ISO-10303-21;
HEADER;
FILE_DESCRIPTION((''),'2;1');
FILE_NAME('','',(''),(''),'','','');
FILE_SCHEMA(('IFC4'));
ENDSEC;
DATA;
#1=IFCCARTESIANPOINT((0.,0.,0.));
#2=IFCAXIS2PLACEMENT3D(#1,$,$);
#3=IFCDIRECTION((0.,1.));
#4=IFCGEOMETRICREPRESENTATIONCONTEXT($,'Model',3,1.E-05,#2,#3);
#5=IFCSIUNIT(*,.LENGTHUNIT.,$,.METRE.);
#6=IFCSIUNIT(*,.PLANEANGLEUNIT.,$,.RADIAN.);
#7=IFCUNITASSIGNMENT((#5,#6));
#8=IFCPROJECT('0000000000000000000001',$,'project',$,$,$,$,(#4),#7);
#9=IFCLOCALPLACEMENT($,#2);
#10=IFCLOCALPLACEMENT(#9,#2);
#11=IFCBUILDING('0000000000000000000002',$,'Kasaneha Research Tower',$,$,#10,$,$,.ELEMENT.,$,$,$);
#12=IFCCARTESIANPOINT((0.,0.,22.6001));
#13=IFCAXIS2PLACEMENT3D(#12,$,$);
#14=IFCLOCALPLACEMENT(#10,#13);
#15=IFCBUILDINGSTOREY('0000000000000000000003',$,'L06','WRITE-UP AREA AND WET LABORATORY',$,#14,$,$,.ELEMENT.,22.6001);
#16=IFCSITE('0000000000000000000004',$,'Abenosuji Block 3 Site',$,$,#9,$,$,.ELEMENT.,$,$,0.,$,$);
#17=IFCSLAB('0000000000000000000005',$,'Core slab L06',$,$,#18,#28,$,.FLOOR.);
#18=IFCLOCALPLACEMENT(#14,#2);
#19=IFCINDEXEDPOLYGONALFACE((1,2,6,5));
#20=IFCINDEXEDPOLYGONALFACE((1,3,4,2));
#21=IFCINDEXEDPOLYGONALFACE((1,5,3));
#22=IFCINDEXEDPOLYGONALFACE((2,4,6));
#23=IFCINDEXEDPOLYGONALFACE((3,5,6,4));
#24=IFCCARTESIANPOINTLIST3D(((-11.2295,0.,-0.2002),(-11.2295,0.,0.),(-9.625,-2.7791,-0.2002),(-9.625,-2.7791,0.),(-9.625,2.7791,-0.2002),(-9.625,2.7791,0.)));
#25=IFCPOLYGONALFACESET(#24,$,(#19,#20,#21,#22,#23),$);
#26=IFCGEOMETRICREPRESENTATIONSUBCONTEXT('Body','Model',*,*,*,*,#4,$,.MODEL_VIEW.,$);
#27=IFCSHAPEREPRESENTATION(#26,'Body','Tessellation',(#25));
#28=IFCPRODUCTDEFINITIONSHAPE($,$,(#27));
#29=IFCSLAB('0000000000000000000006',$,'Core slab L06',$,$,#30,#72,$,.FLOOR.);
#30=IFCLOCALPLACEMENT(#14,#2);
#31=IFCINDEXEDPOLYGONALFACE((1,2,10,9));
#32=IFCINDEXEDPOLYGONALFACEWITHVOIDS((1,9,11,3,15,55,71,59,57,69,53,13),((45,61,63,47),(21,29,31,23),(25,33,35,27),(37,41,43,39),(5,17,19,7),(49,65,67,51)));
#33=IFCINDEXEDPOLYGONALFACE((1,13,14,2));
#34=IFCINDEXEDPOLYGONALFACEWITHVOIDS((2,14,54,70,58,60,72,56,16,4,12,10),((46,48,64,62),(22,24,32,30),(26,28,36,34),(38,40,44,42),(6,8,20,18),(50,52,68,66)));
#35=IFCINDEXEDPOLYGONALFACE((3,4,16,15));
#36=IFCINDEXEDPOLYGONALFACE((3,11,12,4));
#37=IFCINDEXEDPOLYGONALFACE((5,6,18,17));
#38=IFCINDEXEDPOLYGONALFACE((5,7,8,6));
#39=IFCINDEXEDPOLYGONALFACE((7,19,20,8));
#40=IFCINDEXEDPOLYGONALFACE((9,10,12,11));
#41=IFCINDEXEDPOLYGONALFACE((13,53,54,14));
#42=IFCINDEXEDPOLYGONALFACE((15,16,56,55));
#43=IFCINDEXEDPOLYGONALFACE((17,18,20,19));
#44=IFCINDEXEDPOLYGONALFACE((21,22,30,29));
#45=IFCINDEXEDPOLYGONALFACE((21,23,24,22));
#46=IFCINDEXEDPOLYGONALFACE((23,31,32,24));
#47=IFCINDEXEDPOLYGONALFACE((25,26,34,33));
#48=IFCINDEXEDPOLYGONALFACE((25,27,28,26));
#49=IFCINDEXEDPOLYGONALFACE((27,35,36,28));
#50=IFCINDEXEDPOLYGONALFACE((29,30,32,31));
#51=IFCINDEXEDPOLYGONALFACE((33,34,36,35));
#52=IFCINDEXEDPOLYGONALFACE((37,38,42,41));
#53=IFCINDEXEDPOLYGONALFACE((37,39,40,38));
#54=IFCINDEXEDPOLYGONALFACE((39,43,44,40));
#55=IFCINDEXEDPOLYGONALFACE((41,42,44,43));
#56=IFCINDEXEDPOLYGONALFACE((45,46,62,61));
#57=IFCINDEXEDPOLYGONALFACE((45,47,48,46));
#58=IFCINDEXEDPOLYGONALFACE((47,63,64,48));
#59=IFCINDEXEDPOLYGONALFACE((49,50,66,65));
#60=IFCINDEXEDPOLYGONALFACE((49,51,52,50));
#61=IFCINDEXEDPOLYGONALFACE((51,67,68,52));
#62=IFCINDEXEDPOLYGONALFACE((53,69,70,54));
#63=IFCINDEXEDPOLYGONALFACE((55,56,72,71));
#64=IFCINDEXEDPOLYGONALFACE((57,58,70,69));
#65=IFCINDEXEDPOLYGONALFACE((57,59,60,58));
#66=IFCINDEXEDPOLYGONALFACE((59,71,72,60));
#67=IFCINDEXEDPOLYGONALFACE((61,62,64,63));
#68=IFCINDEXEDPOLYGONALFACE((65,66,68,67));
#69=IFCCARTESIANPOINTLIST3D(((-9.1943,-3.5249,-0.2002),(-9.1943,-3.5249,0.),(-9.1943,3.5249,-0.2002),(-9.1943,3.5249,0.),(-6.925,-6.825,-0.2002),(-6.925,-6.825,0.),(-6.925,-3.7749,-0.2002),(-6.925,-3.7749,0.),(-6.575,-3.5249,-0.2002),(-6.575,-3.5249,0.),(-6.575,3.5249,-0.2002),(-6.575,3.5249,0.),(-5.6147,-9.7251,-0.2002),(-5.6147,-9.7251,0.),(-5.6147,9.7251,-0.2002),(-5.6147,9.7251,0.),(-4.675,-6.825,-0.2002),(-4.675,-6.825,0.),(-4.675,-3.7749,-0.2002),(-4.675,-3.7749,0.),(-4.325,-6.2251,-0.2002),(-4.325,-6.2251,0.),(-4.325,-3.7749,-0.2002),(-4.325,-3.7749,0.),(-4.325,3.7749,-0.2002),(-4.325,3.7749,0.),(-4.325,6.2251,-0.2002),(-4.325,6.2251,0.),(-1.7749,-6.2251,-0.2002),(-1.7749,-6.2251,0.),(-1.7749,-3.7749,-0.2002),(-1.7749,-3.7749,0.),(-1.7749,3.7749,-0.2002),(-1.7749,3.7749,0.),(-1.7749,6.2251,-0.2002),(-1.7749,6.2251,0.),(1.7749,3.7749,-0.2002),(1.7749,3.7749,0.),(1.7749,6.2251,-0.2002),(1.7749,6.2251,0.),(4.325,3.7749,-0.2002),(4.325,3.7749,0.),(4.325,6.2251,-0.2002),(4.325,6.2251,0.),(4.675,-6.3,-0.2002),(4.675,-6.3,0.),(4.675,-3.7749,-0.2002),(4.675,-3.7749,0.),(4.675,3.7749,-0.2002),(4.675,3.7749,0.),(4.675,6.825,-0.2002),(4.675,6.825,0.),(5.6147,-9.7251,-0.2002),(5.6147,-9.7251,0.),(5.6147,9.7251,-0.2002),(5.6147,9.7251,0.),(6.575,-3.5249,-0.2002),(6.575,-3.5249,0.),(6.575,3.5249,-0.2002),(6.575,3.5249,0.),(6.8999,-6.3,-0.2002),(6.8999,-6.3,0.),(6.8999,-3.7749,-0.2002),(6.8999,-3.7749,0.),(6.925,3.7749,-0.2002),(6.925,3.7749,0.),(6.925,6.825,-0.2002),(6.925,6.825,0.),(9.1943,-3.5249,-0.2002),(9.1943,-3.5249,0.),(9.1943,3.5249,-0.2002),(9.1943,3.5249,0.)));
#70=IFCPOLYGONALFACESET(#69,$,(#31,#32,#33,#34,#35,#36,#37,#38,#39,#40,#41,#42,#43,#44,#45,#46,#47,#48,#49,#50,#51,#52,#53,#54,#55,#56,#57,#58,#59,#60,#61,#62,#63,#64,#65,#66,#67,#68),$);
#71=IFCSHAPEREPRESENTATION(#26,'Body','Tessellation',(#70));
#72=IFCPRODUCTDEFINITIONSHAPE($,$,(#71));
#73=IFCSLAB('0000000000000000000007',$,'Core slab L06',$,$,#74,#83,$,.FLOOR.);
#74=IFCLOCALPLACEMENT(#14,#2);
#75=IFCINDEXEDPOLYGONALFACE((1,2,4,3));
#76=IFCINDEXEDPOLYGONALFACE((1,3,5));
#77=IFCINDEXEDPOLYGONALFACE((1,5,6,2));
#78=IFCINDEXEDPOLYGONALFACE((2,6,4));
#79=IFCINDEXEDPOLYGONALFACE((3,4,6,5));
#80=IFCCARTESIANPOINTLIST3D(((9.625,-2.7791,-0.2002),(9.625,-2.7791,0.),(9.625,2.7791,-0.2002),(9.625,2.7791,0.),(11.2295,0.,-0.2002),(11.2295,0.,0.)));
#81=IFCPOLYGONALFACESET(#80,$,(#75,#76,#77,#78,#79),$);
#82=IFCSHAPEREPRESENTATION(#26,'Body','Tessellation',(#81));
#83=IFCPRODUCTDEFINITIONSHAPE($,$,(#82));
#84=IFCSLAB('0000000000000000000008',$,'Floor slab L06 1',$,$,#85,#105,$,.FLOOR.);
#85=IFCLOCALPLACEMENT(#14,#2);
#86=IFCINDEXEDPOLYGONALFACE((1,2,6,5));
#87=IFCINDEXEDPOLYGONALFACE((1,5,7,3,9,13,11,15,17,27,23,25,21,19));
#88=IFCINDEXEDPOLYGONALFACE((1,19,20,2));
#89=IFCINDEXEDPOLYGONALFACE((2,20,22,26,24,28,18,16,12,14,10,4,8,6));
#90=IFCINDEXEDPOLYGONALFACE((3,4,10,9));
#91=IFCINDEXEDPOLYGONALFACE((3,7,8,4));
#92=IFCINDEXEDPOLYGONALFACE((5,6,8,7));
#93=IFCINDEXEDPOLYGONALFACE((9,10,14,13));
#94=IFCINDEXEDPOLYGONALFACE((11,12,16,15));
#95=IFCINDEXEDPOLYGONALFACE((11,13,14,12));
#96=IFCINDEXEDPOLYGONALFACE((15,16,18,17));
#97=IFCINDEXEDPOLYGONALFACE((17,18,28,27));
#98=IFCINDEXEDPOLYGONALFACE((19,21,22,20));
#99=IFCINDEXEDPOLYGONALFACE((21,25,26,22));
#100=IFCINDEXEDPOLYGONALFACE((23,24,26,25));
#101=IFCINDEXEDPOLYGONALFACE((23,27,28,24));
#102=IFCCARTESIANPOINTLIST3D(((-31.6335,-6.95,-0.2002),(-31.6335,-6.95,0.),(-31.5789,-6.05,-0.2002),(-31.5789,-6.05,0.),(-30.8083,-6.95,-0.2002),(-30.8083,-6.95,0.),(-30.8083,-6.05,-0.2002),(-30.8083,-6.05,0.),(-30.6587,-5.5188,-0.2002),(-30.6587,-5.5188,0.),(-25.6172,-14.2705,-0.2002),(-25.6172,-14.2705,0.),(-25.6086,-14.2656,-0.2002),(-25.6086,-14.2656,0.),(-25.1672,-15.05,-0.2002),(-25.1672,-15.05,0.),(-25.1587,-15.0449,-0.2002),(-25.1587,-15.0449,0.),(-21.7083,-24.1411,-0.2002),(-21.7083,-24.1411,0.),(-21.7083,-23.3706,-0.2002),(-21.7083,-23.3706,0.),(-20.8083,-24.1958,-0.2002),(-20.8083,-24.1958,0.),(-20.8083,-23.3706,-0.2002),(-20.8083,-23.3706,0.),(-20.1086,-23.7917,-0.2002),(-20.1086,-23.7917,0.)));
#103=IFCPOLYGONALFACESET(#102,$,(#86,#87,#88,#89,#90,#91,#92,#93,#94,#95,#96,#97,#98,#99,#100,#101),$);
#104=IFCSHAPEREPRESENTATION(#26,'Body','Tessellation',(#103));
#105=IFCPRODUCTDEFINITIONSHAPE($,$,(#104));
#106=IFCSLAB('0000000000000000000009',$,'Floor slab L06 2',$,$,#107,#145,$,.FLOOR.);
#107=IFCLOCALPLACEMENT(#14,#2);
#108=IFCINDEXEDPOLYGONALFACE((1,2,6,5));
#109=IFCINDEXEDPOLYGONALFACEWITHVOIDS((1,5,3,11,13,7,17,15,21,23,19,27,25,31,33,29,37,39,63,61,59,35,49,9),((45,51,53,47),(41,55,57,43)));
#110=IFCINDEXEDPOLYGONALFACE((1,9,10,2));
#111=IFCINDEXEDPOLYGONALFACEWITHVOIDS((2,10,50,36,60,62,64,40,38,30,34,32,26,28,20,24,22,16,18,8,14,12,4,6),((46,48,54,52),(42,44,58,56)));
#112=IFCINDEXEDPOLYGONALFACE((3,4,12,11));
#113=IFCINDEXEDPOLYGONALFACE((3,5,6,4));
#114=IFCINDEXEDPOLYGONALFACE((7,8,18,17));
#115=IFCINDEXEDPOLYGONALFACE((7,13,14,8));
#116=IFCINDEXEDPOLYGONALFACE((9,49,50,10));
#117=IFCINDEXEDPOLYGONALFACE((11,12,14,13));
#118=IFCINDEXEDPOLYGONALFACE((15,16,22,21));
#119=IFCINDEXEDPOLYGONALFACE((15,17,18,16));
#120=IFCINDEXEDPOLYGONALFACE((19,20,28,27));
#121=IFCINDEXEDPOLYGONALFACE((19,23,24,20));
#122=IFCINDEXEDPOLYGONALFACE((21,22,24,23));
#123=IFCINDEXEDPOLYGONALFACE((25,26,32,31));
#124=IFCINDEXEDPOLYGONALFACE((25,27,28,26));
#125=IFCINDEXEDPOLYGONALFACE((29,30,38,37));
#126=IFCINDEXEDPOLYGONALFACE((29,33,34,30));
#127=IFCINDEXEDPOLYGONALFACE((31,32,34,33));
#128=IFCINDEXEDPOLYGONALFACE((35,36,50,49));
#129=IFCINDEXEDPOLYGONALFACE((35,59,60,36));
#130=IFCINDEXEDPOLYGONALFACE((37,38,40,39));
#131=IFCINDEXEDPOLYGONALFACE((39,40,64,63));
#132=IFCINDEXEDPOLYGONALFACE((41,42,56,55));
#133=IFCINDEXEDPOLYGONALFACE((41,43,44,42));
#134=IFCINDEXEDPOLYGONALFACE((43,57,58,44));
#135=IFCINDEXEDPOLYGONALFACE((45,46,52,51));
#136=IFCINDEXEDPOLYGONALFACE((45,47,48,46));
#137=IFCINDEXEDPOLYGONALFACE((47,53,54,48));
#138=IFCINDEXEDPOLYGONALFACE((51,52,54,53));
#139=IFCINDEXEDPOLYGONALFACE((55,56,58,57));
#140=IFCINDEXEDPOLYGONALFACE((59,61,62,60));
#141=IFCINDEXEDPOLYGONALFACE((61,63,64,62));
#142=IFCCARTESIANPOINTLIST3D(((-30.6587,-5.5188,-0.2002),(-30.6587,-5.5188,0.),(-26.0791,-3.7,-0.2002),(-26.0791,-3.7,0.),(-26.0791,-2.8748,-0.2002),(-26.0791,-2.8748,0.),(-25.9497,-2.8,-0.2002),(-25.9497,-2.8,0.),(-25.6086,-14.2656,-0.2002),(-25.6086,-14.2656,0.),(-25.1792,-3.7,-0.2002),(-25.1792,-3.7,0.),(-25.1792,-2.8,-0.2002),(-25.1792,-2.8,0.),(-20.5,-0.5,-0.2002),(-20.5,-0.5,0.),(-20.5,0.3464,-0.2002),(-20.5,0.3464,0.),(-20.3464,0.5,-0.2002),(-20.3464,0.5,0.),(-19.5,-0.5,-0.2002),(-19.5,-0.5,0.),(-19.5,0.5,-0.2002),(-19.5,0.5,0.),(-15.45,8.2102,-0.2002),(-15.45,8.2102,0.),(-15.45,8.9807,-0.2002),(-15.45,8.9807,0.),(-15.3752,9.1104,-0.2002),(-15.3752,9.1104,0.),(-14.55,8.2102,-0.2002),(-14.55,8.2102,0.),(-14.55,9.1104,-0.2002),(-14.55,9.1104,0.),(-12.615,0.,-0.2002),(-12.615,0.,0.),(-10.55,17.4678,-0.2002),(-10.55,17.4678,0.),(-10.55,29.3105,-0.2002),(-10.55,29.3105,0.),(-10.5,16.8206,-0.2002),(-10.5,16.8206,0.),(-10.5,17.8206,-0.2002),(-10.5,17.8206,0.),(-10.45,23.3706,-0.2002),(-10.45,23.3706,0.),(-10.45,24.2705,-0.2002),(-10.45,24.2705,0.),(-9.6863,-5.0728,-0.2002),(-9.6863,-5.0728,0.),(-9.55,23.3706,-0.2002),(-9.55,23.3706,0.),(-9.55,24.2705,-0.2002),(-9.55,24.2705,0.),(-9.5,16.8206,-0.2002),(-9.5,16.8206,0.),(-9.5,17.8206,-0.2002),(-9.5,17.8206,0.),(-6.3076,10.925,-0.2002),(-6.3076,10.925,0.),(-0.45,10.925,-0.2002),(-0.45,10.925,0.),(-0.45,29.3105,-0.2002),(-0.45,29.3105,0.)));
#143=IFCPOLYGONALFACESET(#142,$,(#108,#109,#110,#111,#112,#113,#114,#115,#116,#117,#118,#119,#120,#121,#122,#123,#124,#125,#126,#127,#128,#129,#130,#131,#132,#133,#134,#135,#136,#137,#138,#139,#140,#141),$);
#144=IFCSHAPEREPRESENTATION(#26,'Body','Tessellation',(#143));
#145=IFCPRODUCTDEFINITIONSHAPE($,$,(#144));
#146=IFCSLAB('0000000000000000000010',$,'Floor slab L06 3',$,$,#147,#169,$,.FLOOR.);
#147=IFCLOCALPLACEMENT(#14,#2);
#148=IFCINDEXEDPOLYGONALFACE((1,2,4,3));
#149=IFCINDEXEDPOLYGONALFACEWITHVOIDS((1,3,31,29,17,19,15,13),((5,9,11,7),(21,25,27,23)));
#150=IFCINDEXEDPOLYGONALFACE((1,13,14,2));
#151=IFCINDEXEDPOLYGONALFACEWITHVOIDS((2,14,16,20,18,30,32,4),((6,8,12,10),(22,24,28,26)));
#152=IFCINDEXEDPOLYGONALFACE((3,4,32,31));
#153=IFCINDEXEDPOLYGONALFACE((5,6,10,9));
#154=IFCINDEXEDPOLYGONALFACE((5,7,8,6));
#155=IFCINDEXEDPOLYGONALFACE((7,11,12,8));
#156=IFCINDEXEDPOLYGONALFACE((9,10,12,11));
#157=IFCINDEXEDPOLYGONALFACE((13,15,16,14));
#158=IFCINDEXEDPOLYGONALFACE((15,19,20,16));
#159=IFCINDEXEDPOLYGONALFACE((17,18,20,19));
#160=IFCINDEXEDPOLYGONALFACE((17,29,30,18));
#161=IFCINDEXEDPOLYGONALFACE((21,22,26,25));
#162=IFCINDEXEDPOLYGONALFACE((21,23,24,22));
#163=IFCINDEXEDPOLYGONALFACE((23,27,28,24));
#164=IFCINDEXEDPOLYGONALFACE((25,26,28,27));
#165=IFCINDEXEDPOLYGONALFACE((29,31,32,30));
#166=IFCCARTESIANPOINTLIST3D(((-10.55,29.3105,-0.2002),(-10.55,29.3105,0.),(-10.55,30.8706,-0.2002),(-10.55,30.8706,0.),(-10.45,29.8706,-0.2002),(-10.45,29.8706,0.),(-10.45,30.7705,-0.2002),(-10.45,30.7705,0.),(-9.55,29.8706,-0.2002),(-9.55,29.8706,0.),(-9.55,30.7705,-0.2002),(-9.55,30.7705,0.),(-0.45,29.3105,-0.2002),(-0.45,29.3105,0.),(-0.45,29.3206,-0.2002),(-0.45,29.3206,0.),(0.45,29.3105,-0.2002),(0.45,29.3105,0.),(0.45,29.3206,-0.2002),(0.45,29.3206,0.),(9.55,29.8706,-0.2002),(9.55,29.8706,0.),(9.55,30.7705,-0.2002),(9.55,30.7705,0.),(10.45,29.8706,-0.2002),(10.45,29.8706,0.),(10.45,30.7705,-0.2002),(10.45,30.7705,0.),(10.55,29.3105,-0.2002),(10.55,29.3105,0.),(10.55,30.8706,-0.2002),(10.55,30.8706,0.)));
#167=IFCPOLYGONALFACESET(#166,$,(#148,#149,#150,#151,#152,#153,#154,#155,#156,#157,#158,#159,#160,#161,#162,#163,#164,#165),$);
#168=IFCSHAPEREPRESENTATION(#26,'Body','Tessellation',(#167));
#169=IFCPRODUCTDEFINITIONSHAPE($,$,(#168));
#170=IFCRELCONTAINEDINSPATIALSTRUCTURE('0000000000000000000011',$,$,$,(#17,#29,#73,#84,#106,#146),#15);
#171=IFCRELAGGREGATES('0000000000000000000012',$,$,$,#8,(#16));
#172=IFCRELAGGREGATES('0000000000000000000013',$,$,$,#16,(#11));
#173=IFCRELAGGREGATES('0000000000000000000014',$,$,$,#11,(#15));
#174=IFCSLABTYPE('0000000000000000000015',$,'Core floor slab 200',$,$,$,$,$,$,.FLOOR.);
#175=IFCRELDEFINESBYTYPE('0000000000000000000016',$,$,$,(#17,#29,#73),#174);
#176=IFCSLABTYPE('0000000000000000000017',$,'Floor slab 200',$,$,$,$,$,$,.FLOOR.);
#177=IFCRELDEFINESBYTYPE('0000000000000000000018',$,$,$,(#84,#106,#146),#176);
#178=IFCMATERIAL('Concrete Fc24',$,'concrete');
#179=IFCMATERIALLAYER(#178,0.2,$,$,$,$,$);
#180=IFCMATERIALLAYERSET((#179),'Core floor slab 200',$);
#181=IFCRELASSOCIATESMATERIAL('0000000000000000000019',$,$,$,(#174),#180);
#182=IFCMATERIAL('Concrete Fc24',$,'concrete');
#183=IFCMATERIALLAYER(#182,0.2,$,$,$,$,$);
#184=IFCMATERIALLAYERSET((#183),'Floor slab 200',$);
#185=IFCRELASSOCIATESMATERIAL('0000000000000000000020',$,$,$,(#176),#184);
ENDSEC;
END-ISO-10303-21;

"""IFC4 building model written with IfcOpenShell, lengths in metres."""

from ifc_helpers import new_model, si_unit, direction, frame, origin, place, context, subcontext, project, spatial, polyline, outline, extrude, material, layer, layer_set, type_object, element, save


model = new_model("IFC4")

# Units and contexts
model_context = context("Model", 3, precision=1e-05, world=origin(), true_north=direction((0.0, 1.0)))
body_context = subcontext(model_context, "Body", "Model", "MODEL_VIEW")
ifc_project = project(units=[si_unit("LENGTHUNIT", "METRE"), si_unit("PLANEANGLEUNIT", "RADIAN")], contexts=[model_context])

# Site, building, storey
site_placement = place(None, origin())
site = spatial("IfcSite", under=ifc_project, at=site_placement, Name="Abenosuji Block 3 Site", CompositionType="ELEMENT", RefElevation=0.0)
building_placement = place(site_placement, origin())
building = spatial("IfcBuilding", under=site, at=building_placement, Name="Kasaneha Research Tower", CompositionType="ELEMENT")
storey_placement = place(building_placement, frame((0.0, 0.0, 22.6001)))
storey = spatial("IfcBuildingStorey", under=building, at=storey_placement, Name="L06", Description="WRITE-UP AREA AND WET LABORATORY", CompositionType="ELEMENT", Elevation=22.6001)

# Slabs
ifc_material_1 = material(Name="Concrete Fc24", Category="concrete")
ifc_layer_1 = layer(ifc_material_1, 0.2)
ifc_layer_set_1 = layer_set([ifc_layer_1], Name="Core floor slab 200")
slab_type_1 = type_object("IfcSlabType", Name="Core floor slab 200", PredefinedType="FLOOR", material=ifc_layer_set_1)
slab_1_placement = place(storey_placement, frame((0.0, 0.0, -0.2002)))
element("IfcSlab", 1, at=slab_1_placement, inside=storey, type_object=slab_type_1, Name="Core slab L06", PredefinedType="FLOOR", context=body_context, shape_type="SweptSolid", body=[
    extrude(outline(polyline([(-11.2295, 0.0), (-9.625, 2.7791), (-9.625, -2.7791), (-11.2295, 0.0)])), origin(), (0.0, 0.0, 1.0), 0.2002),
])
slab_2_placement = place(storey_placement, frame((0.0, 0.0, -0.2002)))
element("IfcSlab", 2, at=slab_2_placement, inside=storey, type_object=slab_type_1, Name="Core slab L06", PredefinedType="FLOOR", context=body_context, shape_type="SweptSolid", body=[
    extrude(outline(polyline([(-5.6147, 9.7251), (5.6147, 9.7251), (9.1943, 3.5249), (6.575, 3.5249), (6.575, -3.5249), (9.1943, -3.5249), (5.6147, -9.7251), (-5.6147, -9.7251), (-9.1943, -3.5249), (-6.575, -3.5249), (-6.575, 3.5249), (-9.1943, 3.5249), (-5.6147, 9.7251)]), holes=[polyline([(-6.925, -3.7749), (-6.925, -6.825), (-4.675, -6.825), (-4.675, -3.7749), (-6.925, -3.7749)]), polyline([(4.675, -3.7749), (4.675, -6.3), (6.8999, -6.3), (6.8999, -3.7749), (4.675, -3.7749)]), polyline([(-4.325, -3.7749), (-4.325, -6.2251), (-1.7749, -6.2251), (-1.7749, -3.7749), (-4.325, -3.7749)]), polyline([(-4.325, 6.2251), (-4.325, 3.7749), (-1.7749, 3.7749), (-1.7749, 6.2251), (-4.325, 6.2251)]), polyline([(1.7749, 6.2251), (1.7749, 3.7749), (4.325, 3.7749), (4.325, 6.2251), (1.7749, 6.2251)]), polyline([(4.675, 6.825), (4.675, 3.7749), (6.925, 3.7749), (6.925, 6.825), (4.675, 6.825)])]), origin(), (0.0, 0.0, 1.0), 0.2002),
])
slab_3_placement = place(storey_placement, frame((0.0, 0.0, -0.2002)))
element("IfcSlab", 3, at=slab_3_placement, inside=storey, type_object=slab_type_1, Name="Core slab L06", PredefinedType="FLOOR", context=body_context, shape_type="SweptSolid", body=[
    extrude(outline(polyline([(11.2295, 0.0), (9.625, -2.7791), (9.625, 2.7791), (11.2295, 0.0)])), origin(), (0.0, 0.0, 1.0), 0.2002),
])
ifc_material_2 = material(Name="Concrete Fc24", Category="concrete")
ifc_layer_2 = layer(ifc_material_2, 0.2)
ifc_layer_set_2 = layer_set([ifc_layer_2], Name="Floor slab 200")
slab_type_2 = type_object("IfcSlabType", Name="Floor slab 200", PredefinedType="FLOOR", material=ifc_layer_set_2)
slab_4_placement = place(storey_placement, frame((0.0, 0.0, -0.2002)))
element("IfcSlab", 4, at=slab_4_placement, inside=storey, type_object=slab_type_2, Name="Floor slab L06 1", PredefinedType="FLOOR", context=body_context, shape_type="SweptSolid", body=[
    extrude(outline(polyline([(-25.1672, -15.05), (-25.1587, -15.0449), (-20.1086, -23.7917), (-20.8083, -24.1958), (-20.8083, -23.3706), (-21.7083, -23.3706), (-21.7083, -24.1411), (-31.6335, -6.95), (-30.8083, -6.95), (-30.8083, -6.05), (-31.5789, -6.05), (-30.6587, -5.5188), (-25.6086, -14.2656), (-25.6172, -14.2705), (-25.1672, -15.05)])), origin(), (0.0, 0.0, 1.0), 0.2002),
])
slab_5_placement = place(storey_placement, frame((0.0, 0.0, -0.2002)))
element("IfcSlab", 5, at=slab_5_placement, inside=storey, type_object=slab_type_2, Name="Floor slab L06 2", PredefinedType="FLOOR", context=body_context, shape_type="SweptSolid", body=[
    extrude(outline(polyline([(-25.1792, -2.8), (-25.9497, -2.8), (-20.5, 0.3464), (-20.5, -0.5), (-19.5, -0.5), (-19.5, 0.5), (-20.3464, 0.5), (-15.45, 8.9807), (-15.45, 8.2102), (-14.55, 8.2102), (-14.55, 9.1104), (-15.3752, 9.1104), (-10.55, 17.4678), (-10.55, 29.3105), (-0.45, 29.3105), (-0.45, 10.925), (-6.3076, 10.925), (-12.615, 0.0), (-9.6863, -5.0728), (-25.6086, -14.2656), (-30.6587, -5.5188), (-26.0791, -2.8748), (-26.0791, -3.7), (-25.1792, -3.7), (-25.1792, -2.8)]), holes=[polyline([(-9.5, 16.8206), (-9.5, 17.8206), (-10.5, 17.8206), (-10.5, 16.8206), (-9.5, 16.8206)]), polyline([(-10.45, 23.3706), (-9.55, 23.3706), (-9.55, 24.2705), (-10.45, 24.2705), (-10.45, 23.3706)])]), origin(), (0.0, 0.0, 1.0), 0.2002),
])
slab_6_placement = place(storey_placement, frame((0.0, 0.0, -0.2002)))
element("IfcSlab", 6, at=slab_6_placement, inside=storey, type_object=slab_type_2, Name="Floor slab L06 3", PredefinedType="FLOOR", context=body_context, shape_type="SweptSolid", body=[
    extrude(outline(polyline([(10.55, 29.3105), (0.45, 29.3105), (0.45, 29.3206), (-0.45, 29.3206), (-0.45, 29.3105), (-10.55, 29.3105), (-10.55, 30.8706), (10.55, 30.8706), (10.55, 29.3105)]), holes=[polyline([(-9.55, 29.8706), (-9.55, 30.7705), (-10.45, 30.7705), (-10.45, 29.8706), (-9.55, 29.8706)]), polyline([(9.55, 29.8706), (10.45, 29.8706), (10.45, 30.7705), (9.55, 30.7705), (9.55, 29.8706)])]), origin(), (0.0, 0.0, 1.0), 0.2002),
])

save(model, "model.ifc")
